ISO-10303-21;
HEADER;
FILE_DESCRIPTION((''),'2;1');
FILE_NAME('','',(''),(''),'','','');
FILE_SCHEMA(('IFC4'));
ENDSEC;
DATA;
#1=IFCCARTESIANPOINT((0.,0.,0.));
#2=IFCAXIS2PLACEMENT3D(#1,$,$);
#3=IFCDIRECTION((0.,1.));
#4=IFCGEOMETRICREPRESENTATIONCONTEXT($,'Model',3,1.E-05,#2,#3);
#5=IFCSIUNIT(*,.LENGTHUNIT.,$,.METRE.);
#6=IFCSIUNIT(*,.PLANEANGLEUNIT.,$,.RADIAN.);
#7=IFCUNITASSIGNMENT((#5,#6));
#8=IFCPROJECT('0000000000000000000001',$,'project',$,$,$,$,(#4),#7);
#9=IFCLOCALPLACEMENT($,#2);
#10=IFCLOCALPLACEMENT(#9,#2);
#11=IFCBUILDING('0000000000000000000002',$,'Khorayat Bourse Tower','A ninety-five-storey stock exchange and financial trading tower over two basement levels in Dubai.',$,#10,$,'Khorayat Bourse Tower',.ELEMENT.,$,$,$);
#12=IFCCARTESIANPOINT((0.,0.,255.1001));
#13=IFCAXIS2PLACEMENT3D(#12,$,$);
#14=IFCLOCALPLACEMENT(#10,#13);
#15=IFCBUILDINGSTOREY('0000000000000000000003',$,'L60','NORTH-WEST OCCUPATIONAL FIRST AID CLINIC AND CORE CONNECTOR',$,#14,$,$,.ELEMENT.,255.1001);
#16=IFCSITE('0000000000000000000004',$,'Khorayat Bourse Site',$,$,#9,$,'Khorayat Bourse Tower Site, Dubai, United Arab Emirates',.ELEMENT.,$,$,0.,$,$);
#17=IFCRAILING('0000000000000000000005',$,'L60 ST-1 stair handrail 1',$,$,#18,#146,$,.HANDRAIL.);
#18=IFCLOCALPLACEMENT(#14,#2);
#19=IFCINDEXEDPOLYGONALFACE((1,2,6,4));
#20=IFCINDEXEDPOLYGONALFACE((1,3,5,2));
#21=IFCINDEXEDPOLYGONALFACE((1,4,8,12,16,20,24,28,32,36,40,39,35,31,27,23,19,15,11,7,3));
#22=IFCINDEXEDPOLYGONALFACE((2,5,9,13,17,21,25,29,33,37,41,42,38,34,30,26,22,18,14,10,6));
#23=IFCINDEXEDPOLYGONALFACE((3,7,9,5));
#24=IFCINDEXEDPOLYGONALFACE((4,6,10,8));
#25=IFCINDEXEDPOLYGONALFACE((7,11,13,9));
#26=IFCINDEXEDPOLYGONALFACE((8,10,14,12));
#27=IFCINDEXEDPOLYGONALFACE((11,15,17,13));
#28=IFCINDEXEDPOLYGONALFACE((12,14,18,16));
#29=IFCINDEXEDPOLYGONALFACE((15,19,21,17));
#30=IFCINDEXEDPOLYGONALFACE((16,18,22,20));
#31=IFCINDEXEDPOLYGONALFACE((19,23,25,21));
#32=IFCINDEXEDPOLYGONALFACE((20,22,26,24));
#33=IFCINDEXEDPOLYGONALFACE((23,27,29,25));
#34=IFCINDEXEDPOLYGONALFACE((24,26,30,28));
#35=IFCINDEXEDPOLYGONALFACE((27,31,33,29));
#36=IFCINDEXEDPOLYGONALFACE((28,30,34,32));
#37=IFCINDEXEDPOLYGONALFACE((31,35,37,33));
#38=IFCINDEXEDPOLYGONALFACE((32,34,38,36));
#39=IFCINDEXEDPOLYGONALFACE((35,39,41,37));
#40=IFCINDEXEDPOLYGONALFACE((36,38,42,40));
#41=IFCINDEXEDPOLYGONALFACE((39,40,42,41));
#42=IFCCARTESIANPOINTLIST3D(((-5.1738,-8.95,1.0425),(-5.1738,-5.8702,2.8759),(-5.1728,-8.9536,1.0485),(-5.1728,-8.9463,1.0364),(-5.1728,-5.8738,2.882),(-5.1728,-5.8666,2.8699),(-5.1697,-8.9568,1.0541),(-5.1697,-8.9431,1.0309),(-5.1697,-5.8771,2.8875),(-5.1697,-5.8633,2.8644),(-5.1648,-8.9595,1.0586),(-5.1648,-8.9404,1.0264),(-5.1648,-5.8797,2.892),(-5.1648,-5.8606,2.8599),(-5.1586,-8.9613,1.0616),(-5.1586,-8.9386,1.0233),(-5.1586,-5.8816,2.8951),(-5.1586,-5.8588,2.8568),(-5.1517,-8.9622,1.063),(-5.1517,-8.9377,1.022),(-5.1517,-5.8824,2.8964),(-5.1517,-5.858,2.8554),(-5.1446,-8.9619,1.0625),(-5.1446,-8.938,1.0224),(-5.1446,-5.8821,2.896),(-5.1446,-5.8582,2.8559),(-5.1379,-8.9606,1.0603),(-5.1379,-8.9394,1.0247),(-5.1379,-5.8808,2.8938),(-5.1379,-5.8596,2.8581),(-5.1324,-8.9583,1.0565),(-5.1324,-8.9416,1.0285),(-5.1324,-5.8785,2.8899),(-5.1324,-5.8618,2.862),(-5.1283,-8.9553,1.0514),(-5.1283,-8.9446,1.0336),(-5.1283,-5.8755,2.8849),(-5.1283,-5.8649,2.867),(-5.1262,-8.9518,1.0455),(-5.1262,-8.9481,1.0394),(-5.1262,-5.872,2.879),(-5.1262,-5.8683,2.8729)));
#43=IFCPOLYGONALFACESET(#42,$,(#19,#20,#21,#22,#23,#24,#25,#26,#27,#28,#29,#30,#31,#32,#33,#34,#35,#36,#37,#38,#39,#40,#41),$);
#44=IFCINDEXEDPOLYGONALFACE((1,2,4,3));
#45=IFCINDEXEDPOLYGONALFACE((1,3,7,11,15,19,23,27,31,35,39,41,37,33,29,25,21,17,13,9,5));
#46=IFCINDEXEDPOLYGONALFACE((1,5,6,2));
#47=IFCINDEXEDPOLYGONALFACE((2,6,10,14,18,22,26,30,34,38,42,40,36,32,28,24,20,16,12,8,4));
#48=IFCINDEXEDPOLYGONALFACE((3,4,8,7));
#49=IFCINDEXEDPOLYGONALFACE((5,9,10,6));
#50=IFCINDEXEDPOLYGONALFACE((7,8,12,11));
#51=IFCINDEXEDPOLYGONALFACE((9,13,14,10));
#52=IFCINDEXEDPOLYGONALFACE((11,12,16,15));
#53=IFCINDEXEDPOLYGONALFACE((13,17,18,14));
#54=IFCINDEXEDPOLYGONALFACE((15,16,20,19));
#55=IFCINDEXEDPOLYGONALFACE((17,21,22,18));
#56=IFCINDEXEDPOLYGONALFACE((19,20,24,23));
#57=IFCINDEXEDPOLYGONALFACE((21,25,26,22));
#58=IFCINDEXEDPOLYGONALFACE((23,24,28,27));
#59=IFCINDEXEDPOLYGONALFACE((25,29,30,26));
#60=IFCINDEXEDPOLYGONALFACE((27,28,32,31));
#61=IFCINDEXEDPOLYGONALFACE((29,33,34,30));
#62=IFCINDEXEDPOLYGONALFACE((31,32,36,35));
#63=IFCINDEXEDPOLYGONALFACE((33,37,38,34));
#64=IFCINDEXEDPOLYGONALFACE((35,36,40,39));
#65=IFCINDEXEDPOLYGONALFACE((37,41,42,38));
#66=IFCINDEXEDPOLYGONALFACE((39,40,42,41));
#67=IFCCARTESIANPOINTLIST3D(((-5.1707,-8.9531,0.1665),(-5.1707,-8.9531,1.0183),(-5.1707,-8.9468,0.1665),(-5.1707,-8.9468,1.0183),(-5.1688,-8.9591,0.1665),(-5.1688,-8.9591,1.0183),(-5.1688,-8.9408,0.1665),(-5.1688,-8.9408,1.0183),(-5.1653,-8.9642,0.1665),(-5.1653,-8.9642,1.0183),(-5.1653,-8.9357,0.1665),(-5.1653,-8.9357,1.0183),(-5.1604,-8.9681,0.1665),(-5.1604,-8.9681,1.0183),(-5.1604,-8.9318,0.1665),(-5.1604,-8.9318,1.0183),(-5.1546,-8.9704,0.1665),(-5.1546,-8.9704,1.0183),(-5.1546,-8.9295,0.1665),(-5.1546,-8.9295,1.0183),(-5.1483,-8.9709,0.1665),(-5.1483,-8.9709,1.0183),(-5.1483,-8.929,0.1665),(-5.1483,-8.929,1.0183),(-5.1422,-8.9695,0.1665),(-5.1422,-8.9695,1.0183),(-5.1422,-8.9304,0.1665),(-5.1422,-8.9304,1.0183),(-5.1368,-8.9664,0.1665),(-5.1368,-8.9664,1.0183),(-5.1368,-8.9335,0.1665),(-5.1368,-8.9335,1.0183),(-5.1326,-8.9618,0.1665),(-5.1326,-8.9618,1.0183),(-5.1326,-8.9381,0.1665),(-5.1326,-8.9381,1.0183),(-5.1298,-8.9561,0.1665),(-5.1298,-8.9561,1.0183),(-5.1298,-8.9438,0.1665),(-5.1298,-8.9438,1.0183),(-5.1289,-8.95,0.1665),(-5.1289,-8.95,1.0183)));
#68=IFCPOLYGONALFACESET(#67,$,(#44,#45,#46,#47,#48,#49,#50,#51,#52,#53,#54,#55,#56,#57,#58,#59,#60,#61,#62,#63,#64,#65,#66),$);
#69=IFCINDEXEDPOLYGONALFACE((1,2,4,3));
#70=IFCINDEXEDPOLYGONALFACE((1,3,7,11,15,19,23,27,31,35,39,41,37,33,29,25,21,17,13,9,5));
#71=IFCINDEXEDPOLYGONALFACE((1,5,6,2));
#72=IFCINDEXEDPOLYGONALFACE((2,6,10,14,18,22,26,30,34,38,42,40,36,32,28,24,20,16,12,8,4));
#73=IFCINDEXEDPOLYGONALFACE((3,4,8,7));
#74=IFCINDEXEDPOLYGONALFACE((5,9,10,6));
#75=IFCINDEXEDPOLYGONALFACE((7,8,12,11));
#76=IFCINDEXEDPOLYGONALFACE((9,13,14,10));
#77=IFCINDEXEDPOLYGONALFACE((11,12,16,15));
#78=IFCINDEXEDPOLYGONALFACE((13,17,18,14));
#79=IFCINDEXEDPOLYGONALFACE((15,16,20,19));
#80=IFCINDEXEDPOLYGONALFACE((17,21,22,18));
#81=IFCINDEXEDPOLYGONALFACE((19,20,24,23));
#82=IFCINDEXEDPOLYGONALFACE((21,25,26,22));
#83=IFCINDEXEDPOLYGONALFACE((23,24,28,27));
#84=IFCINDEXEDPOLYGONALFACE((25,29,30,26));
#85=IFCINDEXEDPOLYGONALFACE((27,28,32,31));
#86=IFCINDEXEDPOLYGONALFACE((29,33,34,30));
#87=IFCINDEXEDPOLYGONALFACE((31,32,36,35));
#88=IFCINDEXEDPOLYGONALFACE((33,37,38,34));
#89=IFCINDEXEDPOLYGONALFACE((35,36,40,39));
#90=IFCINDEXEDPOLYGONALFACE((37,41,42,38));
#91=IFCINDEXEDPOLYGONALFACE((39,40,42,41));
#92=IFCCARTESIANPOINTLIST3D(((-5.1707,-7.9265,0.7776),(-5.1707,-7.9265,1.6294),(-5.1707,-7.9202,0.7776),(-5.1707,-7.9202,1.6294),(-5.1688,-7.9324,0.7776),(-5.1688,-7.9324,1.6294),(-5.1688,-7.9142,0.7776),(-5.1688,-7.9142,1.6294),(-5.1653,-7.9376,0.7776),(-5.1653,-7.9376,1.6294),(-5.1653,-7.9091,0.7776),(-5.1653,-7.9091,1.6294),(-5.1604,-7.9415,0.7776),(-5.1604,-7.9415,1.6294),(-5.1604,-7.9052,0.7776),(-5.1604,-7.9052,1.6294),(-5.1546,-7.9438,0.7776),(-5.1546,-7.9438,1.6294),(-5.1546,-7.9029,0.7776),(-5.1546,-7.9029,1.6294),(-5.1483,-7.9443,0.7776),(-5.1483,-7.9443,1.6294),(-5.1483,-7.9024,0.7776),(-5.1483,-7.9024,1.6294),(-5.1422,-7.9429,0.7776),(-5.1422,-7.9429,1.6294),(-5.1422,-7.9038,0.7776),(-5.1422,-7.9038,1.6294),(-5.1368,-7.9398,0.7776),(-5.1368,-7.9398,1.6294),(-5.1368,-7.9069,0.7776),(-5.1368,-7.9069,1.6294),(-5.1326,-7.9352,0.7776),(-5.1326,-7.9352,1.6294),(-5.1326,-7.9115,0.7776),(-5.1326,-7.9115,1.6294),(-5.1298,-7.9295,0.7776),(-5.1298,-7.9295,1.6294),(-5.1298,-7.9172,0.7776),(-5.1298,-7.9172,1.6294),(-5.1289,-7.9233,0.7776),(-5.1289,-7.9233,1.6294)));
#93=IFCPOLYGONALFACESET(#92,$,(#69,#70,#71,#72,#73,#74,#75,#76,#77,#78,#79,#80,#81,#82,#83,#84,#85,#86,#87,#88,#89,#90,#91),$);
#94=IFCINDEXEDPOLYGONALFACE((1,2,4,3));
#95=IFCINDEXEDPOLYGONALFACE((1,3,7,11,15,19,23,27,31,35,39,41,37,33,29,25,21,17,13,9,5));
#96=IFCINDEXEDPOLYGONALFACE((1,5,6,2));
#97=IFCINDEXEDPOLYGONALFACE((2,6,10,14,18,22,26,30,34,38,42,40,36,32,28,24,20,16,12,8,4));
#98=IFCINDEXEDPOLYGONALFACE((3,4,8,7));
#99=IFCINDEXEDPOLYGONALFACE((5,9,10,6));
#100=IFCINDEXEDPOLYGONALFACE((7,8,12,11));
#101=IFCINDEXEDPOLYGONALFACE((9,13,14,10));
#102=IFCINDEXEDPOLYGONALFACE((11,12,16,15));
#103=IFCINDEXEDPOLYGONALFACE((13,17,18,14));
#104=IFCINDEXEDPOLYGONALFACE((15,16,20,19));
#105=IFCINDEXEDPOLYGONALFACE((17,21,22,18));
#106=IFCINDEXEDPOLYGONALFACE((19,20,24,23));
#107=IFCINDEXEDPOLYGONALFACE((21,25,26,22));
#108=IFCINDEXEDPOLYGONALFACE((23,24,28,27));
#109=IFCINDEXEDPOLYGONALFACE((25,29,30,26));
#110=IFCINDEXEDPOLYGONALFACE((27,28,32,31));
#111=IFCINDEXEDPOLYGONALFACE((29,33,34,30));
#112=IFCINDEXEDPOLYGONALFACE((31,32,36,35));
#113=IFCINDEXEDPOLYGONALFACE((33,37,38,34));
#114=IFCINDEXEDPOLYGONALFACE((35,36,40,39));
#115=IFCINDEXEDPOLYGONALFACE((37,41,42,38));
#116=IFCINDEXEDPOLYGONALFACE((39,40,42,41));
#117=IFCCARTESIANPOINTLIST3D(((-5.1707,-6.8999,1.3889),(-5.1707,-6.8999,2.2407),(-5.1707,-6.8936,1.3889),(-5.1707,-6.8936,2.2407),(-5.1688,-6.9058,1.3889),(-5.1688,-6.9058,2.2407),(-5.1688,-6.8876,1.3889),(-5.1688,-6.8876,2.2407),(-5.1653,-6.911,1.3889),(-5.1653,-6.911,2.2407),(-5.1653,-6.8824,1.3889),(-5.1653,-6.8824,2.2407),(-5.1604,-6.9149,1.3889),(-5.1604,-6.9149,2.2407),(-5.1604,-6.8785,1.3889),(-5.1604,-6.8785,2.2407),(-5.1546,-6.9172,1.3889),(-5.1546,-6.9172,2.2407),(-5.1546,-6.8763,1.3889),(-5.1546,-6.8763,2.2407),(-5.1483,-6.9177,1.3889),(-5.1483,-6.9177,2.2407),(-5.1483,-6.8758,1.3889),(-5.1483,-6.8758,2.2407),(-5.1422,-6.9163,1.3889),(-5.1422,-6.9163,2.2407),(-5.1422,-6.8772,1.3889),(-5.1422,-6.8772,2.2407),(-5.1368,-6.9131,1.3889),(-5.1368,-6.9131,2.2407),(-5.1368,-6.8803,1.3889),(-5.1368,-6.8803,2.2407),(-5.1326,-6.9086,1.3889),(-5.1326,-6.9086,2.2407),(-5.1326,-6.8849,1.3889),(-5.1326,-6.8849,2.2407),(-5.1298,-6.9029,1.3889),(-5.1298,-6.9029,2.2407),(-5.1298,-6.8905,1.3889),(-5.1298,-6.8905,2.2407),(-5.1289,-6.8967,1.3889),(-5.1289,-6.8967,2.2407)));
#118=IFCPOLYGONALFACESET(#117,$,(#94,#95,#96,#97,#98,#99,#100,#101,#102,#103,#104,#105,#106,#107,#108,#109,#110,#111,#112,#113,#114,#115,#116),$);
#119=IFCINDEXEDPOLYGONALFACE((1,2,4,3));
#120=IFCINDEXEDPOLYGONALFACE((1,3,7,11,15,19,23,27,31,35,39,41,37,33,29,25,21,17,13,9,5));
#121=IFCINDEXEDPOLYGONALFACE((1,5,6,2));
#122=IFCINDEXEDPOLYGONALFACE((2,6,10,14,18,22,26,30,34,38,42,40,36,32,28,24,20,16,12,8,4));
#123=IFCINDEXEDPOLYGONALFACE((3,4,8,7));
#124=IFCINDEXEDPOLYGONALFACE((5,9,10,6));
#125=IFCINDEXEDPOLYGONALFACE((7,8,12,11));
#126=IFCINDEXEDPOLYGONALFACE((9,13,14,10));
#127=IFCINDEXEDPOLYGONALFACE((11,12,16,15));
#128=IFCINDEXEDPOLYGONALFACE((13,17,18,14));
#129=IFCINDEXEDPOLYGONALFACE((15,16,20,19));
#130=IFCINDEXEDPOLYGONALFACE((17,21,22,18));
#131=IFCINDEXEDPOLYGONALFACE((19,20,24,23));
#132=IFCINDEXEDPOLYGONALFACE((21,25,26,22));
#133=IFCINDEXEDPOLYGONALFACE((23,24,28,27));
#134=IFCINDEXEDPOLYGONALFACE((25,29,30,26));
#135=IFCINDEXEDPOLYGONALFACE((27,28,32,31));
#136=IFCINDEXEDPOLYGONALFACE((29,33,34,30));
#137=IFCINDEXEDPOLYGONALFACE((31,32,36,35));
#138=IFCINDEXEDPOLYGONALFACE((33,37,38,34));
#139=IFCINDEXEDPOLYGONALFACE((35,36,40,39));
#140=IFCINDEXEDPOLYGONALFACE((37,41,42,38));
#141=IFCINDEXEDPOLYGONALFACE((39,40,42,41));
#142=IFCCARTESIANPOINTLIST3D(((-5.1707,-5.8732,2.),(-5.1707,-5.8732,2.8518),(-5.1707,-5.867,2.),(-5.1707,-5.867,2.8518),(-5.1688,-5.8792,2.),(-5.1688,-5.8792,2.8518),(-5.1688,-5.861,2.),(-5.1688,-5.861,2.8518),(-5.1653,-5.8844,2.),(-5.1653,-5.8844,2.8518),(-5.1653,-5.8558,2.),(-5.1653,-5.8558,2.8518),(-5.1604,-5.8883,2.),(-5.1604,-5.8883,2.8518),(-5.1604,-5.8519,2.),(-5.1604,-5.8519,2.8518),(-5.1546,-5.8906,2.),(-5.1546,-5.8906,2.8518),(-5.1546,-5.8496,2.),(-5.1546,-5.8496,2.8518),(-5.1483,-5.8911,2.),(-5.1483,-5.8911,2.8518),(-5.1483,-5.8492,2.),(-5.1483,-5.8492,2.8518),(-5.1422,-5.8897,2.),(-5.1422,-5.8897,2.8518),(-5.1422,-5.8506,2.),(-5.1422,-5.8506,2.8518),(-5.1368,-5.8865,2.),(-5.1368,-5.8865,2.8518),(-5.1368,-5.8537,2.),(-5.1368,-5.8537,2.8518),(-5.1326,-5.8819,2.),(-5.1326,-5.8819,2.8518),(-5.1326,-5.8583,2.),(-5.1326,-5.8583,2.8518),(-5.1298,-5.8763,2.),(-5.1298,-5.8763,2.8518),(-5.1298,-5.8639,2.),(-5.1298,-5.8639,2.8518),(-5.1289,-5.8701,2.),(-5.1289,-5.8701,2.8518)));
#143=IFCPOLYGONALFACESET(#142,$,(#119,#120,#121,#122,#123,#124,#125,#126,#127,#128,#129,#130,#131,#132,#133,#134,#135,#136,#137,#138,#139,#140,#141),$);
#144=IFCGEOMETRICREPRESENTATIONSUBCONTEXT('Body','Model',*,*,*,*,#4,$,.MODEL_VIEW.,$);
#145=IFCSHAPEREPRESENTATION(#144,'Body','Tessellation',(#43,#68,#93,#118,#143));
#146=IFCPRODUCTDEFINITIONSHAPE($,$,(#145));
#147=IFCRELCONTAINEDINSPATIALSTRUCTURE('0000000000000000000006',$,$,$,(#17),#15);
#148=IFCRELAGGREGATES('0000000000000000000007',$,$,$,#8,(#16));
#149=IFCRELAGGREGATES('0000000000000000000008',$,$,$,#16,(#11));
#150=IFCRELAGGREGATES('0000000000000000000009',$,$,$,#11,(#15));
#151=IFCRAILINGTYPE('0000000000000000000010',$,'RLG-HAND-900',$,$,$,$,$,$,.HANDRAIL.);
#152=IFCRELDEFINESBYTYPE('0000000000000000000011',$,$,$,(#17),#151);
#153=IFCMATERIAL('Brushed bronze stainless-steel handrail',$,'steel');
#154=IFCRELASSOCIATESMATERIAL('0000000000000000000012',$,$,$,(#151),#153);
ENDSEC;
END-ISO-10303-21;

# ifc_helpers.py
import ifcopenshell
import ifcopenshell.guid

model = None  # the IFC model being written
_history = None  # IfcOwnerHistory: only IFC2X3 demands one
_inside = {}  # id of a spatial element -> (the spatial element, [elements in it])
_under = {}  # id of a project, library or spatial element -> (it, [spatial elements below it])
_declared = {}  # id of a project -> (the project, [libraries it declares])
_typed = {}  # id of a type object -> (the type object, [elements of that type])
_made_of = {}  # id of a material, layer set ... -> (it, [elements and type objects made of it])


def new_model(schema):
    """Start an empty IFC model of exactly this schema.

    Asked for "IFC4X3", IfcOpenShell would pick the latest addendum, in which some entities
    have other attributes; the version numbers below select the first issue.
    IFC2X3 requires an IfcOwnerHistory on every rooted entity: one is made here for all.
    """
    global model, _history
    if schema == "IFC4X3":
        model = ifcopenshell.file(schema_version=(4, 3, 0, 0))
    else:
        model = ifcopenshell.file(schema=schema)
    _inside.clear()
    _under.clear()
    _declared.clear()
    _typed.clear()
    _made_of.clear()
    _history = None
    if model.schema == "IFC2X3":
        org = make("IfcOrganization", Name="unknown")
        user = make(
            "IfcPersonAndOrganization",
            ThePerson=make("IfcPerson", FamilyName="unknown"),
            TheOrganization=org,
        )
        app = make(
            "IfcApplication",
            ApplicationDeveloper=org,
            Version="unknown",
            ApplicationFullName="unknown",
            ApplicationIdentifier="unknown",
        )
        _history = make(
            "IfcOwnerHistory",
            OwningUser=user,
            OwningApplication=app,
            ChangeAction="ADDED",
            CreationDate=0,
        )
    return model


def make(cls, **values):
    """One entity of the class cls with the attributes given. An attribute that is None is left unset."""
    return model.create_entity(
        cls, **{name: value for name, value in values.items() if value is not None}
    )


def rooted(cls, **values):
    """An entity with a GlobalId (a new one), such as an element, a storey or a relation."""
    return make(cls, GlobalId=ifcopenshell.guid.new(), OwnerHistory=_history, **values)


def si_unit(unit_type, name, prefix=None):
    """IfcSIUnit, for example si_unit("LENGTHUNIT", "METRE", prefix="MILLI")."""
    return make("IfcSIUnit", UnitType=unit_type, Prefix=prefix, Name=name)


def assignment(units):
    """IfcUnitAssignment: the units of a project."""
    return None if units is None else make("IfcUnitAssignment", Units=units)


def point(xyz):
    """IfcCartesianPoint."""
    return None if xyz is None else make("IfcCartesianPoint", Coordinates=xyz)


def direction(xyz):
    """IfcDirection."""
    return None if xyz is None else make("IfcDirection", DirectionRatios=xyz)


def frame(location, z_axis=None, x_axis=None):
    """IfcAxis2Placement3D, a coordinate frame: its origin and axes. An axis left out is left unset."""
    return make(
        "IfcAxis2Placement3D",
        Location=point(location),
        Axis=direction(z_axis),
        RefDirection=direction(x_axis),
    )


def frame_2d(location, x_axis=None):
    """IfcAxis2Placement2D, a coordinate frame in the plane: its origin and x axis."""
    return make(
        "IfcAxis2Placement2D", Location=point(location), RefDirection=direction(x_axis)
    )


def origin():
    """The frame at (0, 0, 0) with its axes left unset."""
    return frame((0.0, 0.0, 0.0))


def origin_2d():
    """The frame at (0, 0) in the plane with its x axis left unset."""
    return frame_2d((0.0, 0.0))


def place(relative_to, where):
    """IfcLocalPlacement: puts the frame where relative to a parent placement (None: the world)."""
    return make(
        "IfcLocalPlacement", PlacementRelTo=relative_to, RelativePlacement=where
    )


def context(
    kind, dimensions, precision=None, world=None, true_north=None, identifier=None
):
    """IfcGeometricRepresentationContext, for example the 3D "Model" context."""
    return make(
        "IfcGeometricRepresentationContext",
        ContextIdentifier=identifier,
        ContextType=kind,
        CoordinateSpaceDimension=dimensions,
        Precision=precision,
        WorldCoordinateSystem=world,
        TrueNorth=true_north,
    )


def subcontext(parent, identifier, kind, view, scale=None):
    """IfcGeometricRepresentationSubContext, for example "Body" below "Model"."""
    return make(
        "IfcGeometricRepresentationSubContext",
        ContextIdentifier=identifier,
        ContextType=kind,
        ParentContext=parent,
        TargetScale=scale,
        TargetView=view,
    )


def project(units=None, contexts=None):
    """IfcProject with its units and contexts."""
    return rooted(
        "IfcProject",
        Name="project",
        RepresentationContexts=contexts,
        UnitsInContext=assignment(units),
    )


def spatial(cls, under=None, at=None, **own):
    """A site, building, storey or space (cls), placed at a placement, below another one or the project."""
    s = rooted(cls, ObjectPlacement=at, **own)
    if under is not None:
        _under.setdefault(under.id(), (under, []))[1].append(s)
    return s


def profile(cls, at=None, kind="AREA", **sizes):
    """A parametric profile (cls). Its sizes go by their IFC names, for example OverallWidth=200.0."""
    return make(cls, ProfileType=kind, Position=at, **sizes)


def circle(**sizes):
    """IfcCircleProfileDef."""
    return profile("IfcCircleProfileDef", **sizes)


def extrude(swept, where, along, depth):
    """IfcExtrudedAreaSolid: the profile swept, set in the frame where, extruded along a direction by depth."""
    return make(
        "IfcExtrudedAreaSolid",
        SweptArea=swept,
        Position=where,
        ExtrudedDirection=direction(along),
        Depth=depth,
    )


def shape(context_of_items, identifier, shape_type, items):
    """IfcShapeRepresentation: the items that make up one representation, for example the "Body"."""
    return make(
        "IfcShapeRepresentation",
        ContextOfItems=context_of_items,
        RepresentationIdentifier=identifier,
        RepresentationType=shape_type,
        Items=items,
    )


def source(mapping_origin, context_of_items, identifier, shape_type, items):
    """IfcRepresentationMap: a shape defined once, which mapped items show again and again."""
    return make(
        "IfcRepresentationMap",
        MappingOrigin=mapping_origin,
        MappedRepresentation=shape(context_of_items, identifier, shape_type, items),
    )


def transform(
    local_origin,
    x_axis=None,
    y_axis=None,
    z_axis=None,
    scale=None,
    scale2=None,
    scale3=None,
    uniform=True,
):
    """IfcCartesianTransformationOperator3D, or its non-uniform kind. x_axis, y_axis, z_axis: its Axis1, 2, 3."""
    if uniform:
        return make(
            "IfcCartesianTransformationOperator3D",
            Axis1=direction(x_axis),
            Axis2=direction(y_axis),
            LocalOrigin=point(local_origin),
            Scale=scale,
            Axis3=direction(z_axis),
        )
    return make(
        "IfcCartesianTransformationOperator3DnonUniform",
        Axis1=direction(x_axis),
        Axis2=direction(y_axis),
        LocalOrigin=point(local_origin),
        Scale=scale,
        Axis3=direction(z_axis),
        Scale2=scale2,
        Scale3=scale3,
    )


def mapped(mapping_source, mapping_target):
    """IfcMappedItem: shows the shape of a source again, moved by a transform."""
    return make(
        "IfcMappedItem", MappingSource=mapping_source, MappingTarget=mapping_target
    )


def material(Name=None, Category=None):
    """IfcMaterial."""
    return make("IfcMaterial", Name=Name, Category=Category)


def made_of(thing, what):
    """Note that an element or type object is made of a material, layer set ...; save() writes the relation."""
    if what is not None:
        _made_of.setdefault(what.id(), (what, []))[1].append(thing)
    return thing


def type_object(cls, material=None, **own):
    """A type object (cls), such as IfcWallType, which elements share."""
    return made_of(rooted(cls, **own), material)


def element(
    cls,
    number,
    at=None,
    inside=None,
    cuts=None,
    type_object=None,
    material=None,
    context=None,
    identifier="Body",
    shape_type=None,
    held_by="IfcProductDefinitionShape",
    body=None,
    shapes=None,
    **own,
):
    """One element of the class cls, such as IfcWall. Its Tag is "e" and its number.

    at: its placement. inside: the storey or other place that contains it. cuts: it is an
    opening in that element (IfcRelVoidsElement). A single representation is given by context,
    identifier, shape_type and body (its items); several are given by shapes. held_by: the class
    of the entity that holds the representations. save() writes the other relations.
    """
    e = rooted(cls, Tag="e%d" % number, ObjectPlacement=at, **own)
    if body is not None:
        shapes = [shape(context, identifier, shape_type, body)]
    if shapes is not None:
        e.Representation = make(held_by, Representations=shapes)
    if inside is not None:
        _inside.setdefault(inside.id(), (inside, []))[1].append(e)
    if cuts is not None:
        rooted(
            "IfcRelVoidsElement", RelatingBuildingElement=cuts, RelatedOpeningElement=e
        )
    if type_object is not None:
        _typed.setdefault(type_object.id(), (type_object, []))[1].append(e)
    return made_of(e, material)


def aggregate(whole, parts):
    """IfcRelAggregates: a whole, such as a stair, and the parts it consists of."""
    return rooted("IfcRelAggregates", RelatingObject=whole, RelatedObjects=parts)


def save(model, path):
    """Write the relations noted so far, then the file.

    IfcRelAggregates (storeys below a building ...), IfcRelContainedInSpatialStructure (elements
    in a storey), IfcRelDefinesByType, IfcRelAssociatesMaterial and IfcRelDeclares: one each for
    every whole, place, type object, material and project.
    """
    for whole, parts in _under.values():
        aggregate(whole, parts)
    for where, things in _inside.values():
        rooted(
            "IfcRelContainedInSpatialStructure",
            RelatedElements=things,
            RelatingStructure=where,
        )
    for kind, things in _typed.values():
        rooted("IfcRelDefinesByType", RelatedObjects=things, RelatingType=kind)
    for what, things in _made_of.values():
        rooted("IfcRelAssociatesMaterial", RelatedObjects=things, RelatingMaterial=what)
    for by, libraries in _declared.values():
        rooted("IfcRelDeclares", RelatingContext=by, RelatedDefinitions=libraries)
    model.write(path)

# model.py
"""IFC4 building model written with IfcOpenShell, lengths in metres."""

from ifc_helpers import new_model, si_unit, direction, frame, origin, origin_2d, place, context, subcontext, project, spatial, circle, extrude, source, transform, mapped, material, type_object, element, save


model = new_model("IFC4")

# Units and contexts
model_context = context("Model", 3, precision=1e-05, world=origin(), true_north=direction((0.0, 1.0)))
body_context = subcontext(model_context, "Body", "Model", "MODEL_VIEW")
ifc_project = project(units=[si_unit("LENGTHUNIT", "METRE"), si_unit("PLANEANGLEUNIT", "RADIAN")], contexts=[model_context])

# Site, building, storey
site_placement = place(None, origin())
site = spatial("IfcSite", under=ifc_project, at=site_placement, Name="Khorayat Bourse Site", LongName="Khorayat Bourse Tower Site, Dubai, United Arab Emirates", CompositionType="ELEMENT", RefElevation=0.0)
building_placement = place(site_placement, origin())
building = spatial("IfcBuilding", under=site, at=building_placement, Name="Khorayat Bourse Tower", Description="A ninety-five-storey stock exchange and financial trading tower over two basement levels in Dubai.", LongName="Khorayat Bourse Tower", CompositionType="ELEMENT")
storey_placement = place(building_placement, frame((0.0, 0.0, 255.1001)))
storey = spatial("IfcBuildingStorey", under=building, at=storey_placement, Name="L60", Description="NORTH-WEST OCCUPATIONAL FIRST AID CLINIC AND CORE CONNECTOR", CompositionType="ELEMENT", Elevation=255.1001)

# Railing
ifc_material_1 = material(Name="Brushed bronze stainless-steel handrail", Category="steel")
railing_type_1 = type_object("IfcRailingType", Name="RLG-HAND-900", PredefinedType="HANDRAIL", material=ifc_material_1)
shared_shape_1 = source(origin(), body_context, "Body", "SweptSolid", [
    extrude(circle(Radius=0.0239, at=origin_2d()), frame((0.0, 0.0, 0.876), z_axis=(0.0, 0.859261, 0.511538), x_axis=(-1.0, 0.0, 0.0)), (0.0, 0.0, 1.0), 3.5842),
    extrude(circle(Radius=0.021, at=origin_2d()), origin(), (0.0, 0.0, 1.0), 0.8518),
    extrude(circle(Radius=0.021, at=origin_2d()), frame((0.0, 1.0266, 0.6111)), (0.0, 0.0, 1.0), 0.8518),
    extrude(circle(Radius=0.021, at=origin_2d()), frame((0.0, 2.0532, 1.2224)), (0.0, 0.0, 1.0), 0.8518),
    extrude(circle(Radius=0.021, at=origin_2d()), frame((0.0, 3.0798, 1.8335)), (0.0, 0.0, 1.0), 0.8518),
])
railing_1_placement = place(storey_placement, frame((-5.1499, -8.95, 0.1665)))
element("IfcRailing", 1, at=railing_1_placement, inside=storey, type_object=railing_type_1, Name="L60 ST-1 stair handrail 1", PredefinedType="HANDRAIL", context=body_context, shape_type="MappedRepresentation", body=[
    mapped(shared_shape_1, transform((0.0, 0.0, 0.0), scale=1.0)),
])

save(model, "model.ifc")
